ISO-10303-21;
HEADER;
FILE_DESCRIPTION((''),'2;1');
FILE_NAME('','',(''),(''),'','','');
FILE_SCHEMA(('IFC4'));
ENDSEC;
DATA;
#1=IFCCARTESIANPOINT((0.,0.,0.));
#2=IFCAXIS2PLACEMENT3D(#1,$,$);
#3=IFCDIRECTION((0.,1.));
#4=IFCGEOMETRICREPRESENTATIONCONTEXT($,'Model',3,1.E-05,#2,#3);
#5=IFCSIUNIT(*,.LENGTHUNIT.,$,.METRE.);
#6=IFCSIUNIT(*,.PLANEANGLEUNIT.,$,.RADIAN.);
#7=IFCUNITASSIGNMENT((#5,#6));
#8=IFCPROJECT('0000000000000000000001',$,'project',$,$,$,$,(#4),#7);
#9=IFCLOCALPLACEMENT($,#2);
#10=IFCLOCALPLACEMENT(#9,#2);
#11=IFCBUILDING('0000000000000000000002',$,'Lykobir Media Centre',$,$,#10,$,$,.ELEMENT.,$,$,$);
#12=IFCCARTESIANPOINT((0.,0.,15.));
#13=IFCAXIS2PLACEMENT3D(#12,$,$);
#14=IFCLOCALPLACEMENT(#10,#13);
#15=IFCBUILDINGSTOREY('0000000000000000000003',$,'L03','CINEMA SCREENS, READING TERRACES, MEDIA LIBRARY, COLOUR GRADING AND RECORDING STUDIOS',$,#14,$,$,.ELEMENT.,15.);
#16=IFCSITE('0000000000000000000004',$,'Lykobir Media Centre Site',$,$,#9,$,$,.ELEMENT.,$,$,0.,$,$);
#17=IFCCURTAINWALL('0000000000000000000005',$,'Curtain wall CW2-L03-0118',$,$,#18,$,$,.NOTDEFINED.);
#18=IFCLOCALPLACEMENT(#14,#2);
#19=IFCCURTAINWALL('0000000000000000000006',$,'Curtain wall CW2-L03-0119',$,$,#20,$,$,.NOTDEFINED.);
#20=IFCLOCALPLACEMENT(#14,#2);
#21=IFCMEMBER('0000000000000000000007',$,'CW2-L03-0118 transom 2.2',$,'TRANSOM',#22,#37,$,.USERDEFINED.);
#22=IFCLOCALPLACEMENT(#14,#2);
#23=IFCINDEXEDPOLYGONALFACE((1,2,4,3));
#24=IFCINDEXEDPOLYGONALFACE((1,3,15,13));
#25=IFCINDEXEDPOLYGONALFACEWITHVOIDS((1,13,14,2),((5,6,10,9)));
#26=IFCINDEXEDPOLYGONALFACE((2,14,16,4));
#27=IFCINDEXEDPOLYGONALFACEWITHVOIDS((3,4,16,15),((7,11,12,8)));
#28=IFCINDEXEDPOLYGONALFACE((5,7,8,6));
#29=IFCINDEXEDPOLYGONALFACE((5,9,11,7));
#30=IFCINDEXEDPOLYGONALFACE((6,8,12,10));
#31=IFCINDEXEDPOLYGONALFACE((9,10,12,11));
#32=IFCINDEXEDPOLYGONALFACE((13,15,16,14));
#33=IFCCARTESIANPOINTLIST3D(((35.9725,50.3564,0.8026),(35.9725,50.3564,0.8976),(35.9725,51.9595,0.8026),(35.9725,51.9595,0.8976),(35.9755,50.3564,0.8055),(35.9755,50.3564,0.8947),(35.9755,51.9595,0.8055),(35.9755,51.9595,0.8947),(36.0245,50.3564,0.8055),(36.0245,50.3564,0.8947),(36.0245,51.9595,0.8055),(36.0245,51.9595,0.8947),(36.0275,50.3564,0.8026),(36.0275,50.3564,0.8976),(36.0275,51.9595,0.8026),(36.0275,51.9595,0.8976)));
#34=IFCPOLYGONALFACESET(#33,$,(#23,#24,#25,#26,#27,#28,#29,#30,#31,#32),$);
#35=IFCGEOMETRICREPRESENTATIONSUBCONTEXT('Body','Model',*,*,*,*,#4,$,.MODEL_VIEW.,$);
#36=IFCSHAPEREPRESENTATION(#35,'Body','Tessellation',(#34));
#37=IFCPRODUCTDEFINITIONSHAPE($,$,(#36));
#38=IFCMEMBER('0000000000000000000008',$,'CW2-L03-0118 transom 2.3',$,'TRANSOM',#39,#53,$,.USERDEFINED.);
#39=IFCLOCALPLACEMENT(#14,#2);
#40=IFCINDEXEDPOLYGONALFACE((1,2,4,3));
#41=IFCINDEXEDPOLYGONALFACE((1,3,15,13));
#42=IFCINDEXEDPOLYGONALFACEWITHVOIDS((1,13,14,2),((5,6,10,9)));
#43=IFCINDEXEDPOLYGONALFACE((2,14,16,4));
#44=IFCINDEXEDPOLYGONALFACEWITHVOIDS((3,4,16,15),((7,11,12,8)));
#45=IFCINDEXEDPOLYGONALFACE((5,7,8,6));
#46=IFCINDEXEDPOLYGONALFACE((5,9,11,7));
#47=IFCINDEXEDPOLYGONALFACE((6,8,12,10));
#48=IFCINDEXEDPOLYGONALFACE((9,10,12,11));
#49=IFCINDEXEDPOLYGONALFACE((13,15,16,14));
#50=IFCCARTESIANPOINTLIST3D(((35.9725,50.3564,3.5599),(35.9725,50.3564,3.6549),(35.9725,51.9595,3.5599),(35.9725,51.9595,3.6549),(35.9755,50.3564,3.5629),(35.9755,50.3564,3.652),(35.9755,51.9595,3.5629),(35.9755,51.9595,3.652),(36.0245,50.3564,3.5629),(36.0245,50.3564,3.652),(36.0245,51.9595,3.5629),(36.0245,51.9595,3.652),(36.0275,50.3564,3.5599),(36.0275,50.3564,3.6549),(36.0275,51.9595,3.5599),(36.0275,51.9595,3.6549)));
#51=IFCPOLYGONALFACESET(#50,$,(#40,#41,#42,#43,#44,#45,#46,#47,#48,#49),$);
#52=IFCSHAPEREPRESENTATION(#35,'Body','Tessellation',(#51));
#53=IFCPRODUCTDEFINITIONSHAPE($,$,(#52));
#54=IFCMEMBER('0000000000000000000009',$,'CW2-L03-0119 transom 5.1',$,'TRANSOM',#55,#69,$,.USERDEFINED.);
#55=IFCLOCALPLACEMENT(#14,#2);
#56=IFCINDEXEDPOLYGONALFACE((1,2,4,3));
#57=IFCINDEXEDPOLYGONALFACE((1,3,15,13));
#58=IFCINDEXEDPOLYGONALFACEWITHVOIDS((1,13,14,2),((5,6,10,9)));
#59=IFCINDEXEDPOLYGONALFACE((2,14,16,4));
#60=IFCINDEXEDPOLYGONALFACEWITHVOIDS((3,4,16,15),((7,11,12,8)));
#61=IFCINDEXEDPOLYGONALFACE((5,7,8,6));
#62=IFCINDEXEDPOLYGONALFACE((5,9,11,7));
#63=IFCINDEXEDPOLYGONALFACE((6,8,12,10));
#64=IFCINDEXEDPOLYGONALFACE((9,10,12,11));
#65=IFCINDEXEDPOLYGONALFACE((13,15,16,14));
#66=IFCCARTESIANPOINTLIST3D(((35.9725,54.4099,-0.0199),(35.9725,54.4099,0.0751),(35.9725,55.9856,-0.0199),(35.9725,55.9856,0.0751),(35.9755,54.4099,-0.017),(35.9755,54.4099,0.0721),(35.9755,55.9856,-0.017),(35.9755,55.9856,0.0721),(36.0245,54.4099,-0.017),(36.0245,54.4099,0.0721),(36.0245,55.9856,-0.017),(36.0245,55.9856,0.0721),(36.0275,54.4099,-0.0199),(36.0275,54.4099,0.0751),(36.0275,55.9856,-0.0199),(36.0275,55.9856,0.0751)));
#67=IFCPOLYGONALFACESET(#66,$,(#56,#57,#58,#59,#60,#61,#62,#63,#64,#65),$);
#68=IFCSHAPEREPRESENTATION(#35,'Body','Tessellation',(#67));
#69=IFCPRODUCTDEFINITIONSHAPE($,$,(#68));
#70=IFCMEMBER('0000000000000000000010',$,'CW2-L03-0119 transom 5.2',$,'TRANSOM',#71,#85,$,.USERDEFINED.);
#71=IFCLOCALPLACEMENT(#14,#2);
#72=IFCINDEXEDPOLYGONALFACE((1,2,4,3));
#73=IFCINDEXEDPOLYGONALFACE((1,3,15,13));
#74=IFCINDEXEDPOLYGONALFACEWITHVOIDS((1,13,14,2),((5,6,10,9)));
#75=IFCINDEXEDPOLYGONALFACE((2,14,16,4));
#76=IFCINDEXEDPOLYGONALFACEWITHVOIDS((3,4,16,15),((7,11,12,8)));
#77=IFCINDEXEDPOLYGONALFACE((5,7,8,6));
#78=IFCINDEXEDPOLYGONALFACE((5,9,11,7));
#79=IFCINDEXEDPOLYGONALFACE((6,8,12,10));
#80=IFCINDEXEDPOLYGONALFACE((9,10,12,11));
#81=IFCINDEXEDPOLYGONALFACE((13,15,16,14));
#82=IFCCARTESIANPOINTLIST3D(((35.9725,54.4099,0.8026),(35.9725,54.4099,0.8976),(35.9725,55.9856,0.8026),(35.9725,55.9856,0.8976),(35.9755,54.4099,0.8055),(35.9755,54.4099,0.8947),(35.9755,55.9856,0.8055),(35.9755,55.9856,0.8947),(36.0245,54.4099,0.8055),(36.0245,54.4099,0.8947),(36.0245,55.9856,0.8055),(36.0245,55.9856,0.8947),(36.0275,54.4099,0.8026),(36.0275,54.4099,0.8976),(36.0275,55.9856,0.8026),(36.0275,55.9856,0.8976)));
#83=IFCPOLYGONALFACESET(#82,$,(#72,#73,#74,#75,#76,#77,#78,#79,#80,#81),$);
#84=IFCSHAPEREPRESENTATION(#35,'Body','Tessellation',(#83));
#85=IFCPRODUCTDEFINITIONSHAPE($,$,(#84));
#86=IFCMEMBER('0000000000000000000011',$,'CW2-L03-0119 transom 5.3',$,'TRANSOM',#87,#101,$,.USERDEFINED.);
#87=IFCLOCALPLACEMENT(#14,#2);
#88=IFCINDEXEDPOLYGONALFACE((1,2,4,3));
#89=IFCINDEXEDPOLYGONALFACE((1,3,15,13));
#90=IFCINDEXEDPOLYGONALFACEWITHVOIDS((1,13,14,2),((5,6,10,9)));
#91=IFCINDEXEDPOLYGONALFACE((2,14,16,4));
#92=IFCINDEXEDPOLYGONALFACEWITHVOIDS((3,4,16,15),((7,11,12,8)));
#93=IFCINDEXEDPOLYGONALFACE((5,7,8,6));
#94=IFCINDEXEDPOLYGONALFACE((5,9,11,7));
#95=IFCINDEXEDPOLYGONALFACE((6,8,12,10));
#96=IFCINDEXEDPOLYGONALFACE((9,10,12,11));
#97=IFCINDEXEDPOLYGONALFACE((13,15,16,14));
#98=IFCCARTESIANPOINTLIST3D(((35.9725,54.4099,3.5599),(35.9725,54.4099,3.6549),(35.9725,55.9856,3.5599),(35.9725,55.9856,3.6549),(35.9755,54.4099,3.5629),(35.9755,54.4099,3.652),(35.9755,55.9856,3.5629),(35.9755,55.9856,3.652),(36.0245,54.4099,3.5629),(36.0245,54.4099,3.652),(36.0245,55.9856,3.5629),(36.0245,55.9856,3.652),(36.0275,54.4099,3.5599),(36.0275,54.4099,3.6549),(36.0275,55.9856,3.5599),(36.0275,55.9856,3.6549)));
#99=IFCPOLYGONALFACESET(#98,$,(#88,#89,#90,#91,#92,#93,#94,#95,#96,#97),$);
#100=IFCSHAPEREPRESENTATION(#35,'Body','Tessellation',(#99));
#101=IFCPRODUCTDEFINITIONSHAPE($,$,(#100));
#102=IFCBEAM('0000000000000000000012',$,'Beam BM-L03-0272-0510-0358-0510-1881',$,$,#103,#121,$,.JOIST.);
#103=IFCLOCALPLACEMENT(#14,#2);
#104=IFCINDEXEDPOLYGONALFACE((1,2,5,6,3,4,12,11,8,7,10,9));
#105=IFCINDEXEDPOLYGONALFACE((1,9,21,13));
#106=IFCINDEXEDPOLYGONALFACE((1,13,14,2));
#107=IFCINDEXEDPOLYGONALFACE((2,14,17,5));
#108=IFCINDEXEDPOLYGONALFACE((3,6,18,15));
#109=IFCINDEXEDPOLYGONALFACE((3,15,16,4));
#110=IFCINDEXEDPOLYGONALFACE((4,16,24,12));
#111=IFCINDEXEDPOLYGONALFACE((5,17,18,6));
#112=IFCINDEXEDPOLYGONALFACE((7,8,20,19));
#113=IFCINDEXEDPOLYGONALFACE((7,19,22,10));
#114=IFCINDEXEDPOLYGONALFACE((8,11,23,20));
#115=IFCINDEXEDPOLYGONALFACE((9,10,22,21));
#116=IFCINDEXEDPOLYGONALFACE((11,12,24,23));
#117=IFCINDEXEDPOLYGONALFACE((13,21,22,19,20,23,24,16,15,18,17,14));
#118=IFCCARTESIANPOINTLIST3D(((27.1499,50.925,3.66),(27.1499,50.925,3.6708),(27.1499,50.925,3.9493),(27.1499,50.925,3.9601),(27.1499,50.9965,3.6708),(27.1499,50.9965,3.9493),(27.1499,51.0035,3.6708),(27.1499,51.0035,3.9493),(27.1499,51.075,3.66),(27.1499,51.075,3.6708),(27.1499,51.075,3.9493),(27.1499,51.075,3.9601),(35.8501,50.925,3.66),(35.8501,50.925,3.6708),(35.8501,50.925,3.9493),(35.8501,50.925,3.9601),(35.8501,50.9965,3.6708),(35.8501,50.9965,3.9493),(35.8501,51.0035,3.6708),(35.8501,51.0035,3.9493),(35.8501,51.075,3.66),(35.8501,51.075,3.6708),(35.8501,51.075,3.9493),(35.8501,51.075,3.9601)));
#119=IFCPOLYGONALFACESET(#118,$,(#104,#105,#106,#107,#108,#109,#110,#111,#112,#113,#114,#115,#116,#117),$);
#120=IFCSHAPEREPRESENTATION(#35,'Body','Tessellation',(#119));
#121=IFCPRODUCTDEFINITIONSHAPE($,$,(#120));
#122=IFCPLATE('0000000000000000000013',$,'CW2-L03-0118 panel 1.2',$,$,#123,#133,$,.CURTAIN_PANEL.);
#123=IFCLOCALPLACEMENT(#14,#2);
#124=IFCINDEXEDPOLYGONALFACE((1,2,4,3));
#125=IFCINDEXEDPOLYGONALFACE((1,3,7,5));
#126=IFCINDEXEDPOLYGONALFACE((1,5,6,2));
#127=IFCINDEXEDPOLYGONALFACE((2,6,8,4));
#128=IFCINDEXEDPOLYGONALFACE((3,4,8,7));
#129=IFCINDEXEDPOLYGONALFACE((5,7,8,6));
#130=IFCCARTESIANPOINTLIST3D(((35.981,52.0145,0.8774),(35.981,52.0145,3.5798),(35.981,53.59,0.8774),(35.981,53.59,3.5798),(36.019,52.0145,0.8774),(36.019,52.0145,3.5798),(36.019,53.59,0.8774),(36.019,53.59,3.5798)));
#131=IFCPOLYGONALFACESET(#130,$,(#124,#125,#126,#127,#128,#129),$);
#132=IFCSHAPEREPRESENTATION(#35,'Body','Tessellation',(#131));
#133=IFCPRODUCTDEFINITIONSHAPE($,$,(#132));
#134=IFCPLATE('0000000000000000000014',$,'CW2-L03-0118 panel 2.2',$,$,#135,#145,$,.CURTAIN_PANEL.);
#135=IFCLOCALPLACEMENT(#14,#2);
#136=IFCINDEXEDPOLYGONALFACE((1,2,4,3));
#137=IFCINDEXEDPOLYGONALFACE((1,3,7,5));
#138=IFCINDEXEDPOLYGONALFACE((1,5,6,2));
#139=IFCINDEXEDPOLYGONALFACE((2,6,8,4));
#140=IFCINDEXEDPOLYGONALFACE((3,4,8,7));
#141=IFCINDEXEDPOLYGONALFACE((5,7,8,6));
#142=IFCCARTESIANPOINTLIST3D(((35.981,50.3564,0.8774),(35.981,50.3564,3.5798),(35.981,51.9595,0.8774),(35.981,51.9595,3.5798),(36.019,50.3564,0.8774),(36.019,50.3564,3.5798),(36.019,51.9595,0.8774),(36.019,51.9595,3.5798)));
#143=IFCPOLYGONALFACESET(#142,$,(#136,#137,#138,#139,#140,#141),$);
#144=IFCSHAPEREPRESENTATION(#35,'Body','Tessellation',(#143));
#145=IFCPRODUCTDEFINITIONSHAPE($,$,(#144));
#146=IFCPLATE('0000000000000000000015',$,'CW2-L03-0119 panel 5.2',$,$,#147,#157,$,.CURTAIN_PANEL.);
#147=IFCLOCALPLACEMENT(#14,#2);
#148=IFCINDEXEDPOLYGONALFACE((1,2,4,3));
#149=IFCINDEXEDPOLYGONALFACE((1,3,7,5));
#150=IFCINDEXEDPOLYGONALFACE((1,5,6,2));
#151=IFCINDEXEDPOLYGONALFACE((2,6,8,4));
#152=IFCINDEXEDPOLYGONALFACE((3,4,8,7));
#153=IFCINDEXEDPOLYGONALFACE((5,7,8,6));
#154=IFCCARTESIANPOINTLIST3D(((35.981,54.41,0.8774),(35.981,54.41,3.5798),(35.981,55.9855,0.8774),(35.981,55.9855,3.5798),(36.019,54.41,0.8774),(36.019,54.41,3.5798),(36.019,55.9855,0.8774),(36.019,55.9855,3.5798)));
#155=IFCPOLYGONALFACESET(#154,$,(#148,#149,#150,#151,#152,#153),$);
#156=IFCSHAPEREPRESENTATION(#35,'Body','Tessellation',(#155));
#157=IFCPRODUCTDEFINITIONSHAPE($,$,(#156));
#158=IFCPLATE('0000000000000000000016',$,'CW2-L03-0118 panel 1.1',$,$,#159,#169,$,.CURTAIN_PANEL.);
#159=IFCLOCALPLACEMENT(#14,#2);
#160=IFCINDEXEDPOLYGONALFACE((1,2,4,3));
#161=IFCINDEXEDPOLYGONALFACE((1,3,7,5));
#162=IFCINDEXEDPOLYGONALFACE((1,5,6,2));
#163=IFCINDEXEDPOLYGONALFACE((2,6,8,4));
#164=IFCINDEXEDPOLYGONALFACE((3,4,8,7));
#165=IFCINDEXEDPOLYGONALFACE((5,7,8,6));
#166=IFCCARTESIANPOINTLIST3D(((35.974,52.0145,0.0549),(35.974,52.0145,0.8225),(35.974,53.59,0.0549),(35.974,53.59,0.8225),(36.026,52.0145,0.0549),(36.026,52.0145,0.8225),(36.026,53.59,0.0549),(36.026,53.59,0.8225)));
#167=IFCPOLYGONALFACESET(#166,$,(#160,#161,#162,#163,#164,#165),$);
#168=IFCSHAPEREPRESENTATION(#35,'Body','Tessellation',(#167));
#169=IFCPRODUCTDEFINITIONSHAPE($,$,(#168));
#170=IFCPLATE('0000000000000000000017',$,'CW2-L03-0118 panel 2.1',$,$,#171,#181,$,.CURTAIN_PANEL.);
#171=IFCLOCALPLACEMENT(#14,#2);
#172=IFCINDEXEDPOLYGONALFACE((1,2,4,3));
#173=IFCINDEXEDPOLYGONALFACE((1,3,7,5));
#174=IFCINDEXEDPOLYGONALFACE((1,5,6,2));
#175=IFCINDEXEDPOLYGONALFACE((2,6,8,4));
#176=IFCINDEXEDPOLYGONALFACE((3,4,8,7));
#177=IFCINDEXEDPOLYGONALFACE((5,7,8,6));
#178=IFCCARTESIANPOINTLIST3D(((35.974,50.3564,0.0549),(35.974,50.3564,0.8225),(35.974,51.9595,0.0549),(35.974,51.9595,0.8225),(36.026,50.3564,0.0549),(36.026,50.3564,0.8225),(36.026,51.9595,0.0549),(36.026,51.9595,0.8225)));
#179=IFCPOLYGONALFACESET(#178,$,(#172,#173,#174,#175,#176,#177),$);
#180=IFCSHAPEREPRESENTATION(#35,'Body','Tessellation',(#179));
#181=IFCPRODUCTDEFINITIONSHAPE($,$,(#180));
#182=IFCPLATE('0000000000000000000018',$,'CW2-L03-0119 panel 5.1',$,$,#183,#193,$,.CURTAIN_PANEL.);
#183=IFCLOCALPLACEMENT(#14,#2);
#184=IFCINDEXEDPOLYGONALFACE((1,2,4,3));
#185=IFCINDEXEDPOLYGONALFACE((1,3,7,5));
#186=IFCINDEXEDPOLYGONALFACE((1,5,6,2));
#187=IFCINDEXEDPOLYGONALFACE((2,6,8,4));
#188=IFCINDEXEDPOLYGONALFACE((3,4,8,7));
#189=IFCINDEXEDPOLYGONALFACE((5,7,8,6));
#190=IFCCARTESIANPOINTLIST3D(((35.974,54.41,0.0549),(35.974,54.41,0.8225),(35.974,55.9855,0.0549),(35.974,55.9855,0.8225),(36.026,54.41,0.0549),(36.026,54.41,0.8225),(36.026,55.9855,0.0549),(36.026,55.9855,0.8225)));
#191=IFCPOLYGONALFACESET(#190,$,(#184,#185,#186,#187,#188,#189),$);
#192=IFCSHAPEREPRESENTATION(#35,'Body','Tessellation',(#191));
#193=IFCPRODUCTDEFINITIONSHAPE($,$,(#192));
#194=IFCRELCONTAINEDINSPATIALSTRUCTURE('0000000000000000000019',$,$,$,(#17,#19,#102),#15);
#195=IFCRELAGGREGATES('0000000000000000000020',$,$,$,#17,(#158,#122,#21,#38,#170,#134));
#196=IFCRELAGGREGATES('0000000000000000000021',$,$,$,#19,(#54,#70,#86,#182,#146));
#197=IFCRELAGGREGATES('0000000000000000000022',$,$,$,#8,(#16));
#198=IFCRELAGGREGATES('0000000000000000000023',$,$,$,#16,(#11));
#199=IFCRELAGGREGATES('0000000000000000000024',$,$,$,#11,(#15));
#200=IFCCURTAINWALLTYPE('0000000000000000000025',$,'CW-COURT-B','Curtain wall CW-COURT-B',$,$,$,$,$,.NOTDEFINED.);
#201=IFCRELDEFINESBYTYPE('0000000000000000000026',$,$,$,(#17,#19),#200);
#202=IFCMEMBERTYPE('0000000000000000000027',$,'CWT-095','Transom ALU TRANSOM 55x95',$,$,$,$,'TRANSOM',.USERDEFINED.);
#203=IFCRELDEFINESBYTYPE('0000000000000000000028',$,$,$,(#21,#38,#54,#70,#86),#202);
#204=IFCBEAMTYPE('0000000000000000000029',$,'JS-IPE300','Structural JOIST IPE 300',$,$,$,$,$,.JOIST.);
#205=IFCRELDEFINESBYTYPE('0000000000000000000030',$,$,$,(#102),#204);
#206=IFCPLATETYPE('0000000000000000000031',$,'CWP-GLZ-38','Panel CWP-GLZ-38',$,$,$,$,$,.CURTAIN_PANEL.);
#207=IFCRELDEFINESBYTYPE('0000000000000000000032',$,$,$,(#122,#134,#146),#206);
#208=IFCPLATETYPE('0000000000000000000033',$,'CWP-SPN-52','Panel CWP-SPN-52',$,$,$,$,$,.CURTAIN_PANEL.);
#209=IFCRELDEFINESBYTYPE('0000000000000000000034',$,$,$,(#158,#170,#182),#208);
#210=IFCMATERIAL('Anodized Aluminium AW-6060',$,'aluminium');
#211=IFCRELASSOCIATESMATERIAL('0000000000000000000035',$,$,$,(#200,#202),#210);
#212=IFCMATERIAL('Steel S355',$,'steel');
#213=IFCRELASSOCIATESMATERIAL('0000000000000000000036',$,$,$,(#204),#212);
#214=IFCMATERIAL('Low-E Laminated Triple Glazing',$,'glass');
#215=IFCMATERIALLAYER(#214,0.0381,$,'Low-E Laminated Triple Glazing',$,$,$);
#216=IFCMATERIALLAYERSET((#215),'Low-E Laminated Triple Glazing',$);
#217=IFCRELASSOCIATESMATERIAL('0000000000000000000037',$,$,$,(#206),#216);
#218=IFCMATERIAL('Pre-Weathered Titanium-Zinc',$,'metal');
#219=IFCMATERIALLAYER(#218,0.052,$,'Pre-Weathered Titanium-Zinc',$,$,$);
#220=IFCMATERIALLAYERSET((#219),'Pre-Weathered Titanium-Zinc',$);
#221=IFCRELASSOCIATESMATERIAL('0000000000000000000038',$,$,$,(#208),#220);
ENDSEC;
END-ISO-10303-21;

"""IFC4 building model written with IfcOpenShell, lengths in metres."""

from ifc_helpers import new_model, si_unit, direction, frame, origin, origin_2d, place, context, subcontext, project, spatial, rectangle, hollow_rectangle, i_section, extrude, material, layer, layer_set, material_profile, profile_set, type_object, element, aggregate, save


model = new_model("IFC4")

# Units and contexts
model_context = context("Model", 3, precision=1e-05, world=origin(), true_north=direction((0.0, 1.0)))
body_context = subcontext(model_context, "Body", "Model", "MODEL_VIEW")
ifc_project = project(units=[si_unit("LENGTHUNIT", "METRE"), si_unit("PLANEANGLEUNIT", "RADIAN")], contexts=[model_context])

# Site, building, storey
site_placement = place(None, origin())
site = spatial("IfcSite", under=ifc_project, at=site_placement, Name="Lykobir Media Centre Site", CompositionType="ELEMENT", RefElevation=0.0)
building_placement = place(site_placement, origin())
building = spatial("IfcBuilding", under=site, at=building_placement, Name="Lykobir Media Centre", CompositionType="ELEMENT")
storey_placement = place(building_placement, frame((0.0, 0.0, 15.0)))
storey = spatial("IfcBuildingStorey", under=building, at=storey_placement, Name="L03", Description="CINEMA SCREENS, READING TERRACES, MEDIA LIBRARY, COLOUR GRADING AND RECORDING STUDIOS", CompositionType="ELEMENT", Elevation=15.0)

# Shared definitions
ifc_material_1 = material(Name="Steel S355", Category="steel")

# Curtain wall
ifc_material_2 = material(Name="Anodized Aluminium AW-6060", Category="aluminium")
curtain_wall_type = type_object("IfcCurtainWallType", Name="CW-COURT-B", Description="Curtain wall CW-COURT-B", PredefinedType="NOTDEFINED", material=ifc_material_2)
curtain_wall_1_placement = place(storey_placement, origin())
curtain_wall_1 = element("IfcCurtainWall", 1, at=curtain_wall_1_placement, inside=storey, type_object=curtain_wall_type, Name="Curtain wall CW2-L03-0118", PredefinedType="NOTDEFINED")

# Curtain wall
curtain_wall_2_placement = place(storey_placement, origin())
curtain_wall_2 = element("IfcCurtainWall", 2, at=curtain_wall_2_placement, inside=storey, type_object=curtain_wall_type, Name="Curtain wall CW2-L03-0119", PredefinedType="NOTDEFINED")

# Members
ifc_material_profile_1 = material_profile(ifc_material_2, hollow_rectangle(XDim=0.0549, YDim=0.095, WallThickness=0.0029, at=origin_2d()), Name="ALU TRANSOM 55x95")
ifc_profile_set_1 = profile_set([ifc_material_profile_1], Name="Anodized Aluminium AW-6060")
member_type_1 = type_object("IfcMemberType", Name="CWT-095", Description="Transom ALU TRANSOM 55x95", ElementType="TRANSOM", PredefinedType="USERDEFINED", material=ifc_profile_set_1)
member_1_placement = place(storey_placement, frame((36.0, 51.9595, 0.8501), z_axis=(0.0, -1.0, 0.0), x_axis=(1.0, 0.0, 0.0)))
member_1 = element("IfcMember", 3, at=member_1_placement, type_object=member_type_1, Name="CW2-L03-0118 transom 2.2", ObjectType="TRANSOM", PredefinedType="USERDEFINED", context=body_context, shape_type="SweptSolid", body=[
    extrude(hollow_rectangle(XDim=0.0549, YDim=0.095, WallThickness=0.0029, at=origin_2d()), origin(), (0.0, 0.0, 1.0), 1.603),
])
member_2_placement = place(storey_placement, frame((36.0, 51.9595, 3.6074), z_axis=(0.0, -1.0, 0.0), x_axis=(1.0, 0.0, 0.0)))
member_2 = element("IfcMember", 4, at=member_2_placement, type_object=member_type_1, Name="CW2-L03-0118 transom 2.3", ObjectType="TRANSOM", PredefinedType="USERDEFINED", context=body_context, shape_type="SweptSolid", body=[
    extrude(hollow_rectangle(XDim=0.0549, YDim=0.095, WallThickness=0.0029, at=origin_2d()), origin(), (0.0, 0.0, 1.0), 1.603),
])
member_3_placement = place(storey_placement, frame((36.0, 55.9856, 0.0276), z_axis=(0.0, -1.0, 0.0), x_axis=(1.0, 0.0, 0.0)))
member_3 = element("IfcMember", 5, at=member_3_placement, type_object=member_type_1, Name="CW2-L03-0119 transom 5.1", ObjectType="TRANSOM", PredefinedType="USERDEFINED", context=body_context, shape_type="SweptSolid", body=[
    extrude(hollow_rectangle(XDim=0.0549, YDim=0.095, WallThickness=0.0029, at=origin_2d()), origin(), (0.0, 0.0, 1.0), 1.5757),
])
member_4_placement = place(storey_placement, frame((36.0, 55.9856, 0.8501), z_axis=(0.0, -1.0, 0.0), x_axis=(1.0, 0.0, 0.0)))
member_4 = element("IfcMember", 6, at=member_4_placement, type_object=member_type_1, Name="CW2-L03-0119 transom 5.2", ObjectType="TRANSOM", PredefinedType="USERDEFINED", context=body_context, shape_type="SweptSolid", body=[
    extrude(hollow_rectangle(XDim=0.0549, YDim=0.095, WallThickness=0.0029, at=origin_2d()), origin(), (0.0, 0.0, 1.0), 1.5757),
])
member_5_placement = place(storey_placement, frame((36.0, 55.9856, 3.6074), z_axis=(0.0, -1.0, 0.0), x_axis=(1.0, 0.0, 0.0)))
member_5 = element("IfcMember", 7, at=member_5_placement, type_object=member_type_1, Name="CW2-L03-0119 transom 5.3", ObjectType="TRANSOM", PredefinedType="USERDEFINED", context=body_context, shape_type="SweptSolid", body=[
    extrude(hollow_rectangle(XDim=0.0549, YDim=0.095, WallThickness=0.0029, at=origin_2d()), origin(), (0.0, 0.0, 1.0), 1.5757),
])

# Beam
ifc_material_profile_2 = material_profile(ifc_material_1, i_section(OverallWidth=0.1499, OverallDepth=0.3, WebThickness=0.0071, FlangeThickness=0.0107, at=origin_2d()), Name="IPE 300")
ifc_profile_set_2 = profile_set([ifc_material_profile_2], Name="Steel S355")
beam_type_1 = type_object("IfcBeamType", Name="JS-IPE300", Description="Structural JOIST IPE 300", PredefinedType="JOIST", material=ifc_profile_set_2)
beam_1_placement = place(storey_placement, frame((27.1499, 51.0, 3.8101), z_axis=(1.0, 0.0, 0.0), x_axis=(0.0, 1.0, 0.0)))
element("IfcBeam", 8, at=beam_1_placement, inside=storey, type_object=beam_type_1, Name="Beam BM-L03-0272-0510-0358-0510-1881", PredefinedType="JOIST", context=body_context, shape_type="SweptSolid", body=[
    extrude(i_section(OverallWidth=0.1499, OverallDepth=0.3, WebThickness=0.0071, FlangeThickness=0.0107, at=origin_2d()), origin(), (0.0, 0.0, 1.0), 8.7002),
])

# Plates
ifc_material_3 = material(Name="Low-E Laminated Triple Glazing", Category="glass")
ifc_layer_1 = layer(ifc_material_3, 0.0381, Name="Low-E Laminated Triple Glazing")
ifc_layer_set_1 = layer_set([ifc_layer_1], Name="Low-E Laminated Triple Glazing")
plate_type_1 = type_object("IfcPlateType", Name="CWP-GLZ-38", Description="Panel CWP-GLZ-38", PredefinedType="CURTAIN_PANEL", material=ifc_layer_set_1)
plate_1_placement = place(storey_placement, frame((36.0, 52.8022, 0.8774), z_axis=(0.0, 0.0, 1.0), x_axis=(0.0, -1.0, 0.0)))
plate_1 = element("IfcPlate", 9, at=plate_1_placement, type_object=plate_type_1, Name="CW2-L03-0118 panel 1.2", PredefinedType="CURTAIN_PANEL", context=body_context, shape_type="SweptSolid", body=[
    extrude(rectangle(XDim=1.5754, YDim=0.0381, at=origin_2d()), origin(), (0.0, 0.0, 1.0), 2.7024),
])
plate_2_placement = place(storey_placement, frame((36.0, 51.158, 0.8774), z_axis=(0.0, 0.0, 1.0), x_axis=(0.0, -1.0, 0.0)))
plate_2 = element("IfcPlate", 10, at=plate_2_placement, type_object=plate_type_1, Name="CW2-L03-0118 panel 2.2", PredefinedType="CURTAIN_PANEL", context=body_context, shape_type="SweptSolid", body=[
    extrude(rectangle(XDim=1.603, YDim=0.0381, at=origin_2d()), origin(), (0.0, 0.0, 1.0), 2.7024),
])
plate_3_placement = place(storey_placement, frame((36.0, 55.1978, 0.8774), z_axis=(0.0, 0.0, 1.0), x_axis=(0.0, -1.0, 0.0)))
plate_3 = element("IfcPlate", 11, at=plate_3_placement, type_object=plate_type_1, Name="CW2-L03-0119 panel 5.2", PredefinedType="CURTAIN_PANEL", context=body_context, shape_type="SweptSolid", body=[
    extrude(rectangle(XDim=1.5754, YDim=0.0381, at=origin_2d()), origin(), (0.0, 0.0, 1.0), 2.7024),
])
ifc_material_4 = material(Name="Pre-Weathered Titanium-Zinc", Category="metal")
ifc_layer_2 = layer(ifc_material_4, 0.052, Name="Pre-Weathered Titanium-Zinc")
ifc_layer_set_2 = layer_set([ifc_layer_2], Name="Pre-Weathered Titanium-Zinc")
plate_type_2 = type_object("IfcPlateType", Name="CWP-SPN-52", Description="Panel CWP-SPN-52", PredefinedType="CURTAIN_PANEL", material=ifc_layer_set_2)
plate_4_placement = place(storey_placement, frame((36.0, 52.8022, 0.0549), z_axis=(0.0, 0.0, 1.0), x_axis=(0.0, -1.0, 0.0)))
plate_4 = element("IfcPlate", 12, at=plate_4_placement, type_object=plate_type_2, Name="CW2-L03-0118 panel 1.1", PredefinedType="CURTAIN_PANEL", context=body_context, shape_type="SweptSolid", body=[
    extrude(rectangle(XDim=1.5754, YDim=0.052, at=origin_2d()), origin(), (0.0, 0.0, 1.0), 0.7676),
])
plate_5_placement = place(storey_placement, frame((36.0, 51.158, 0.0549), z_axis=(0.0, 0.0, 1.0), x_axis=(0.0, -1.0, 0.0)))
plate_5 = element("IfcPlate", 13, at=plate_5_placement, type_object=plate_type_2, Name="CW2-L03-0118 panel 2.1", PredefinedType="CURTAIN_PANEL", context=body_context, shape_type="SweptSolid", body=[
    extrude(rectangle(XDim=1.603, YDim=0.052, at=origin_2d()), origin(), (0.0, 0.0, 1.0), 0.7676),
])
aggregate(curtain_wall_1, [plate_4, plate_1, member_1, member_2, plate_5, plate_2])
plate_6_placement = place(storey_placement, frame((36.0, 55.1978, 0.0549), z_axis=(0.0, 0.0, 1.0), x_axis=(0.0, -1.0, 0.0)))
plate_6 = element("IfcPlate", 14, at=plate_6_placement, type_object=plate_type_2, Name="CW2-L03-0119 panel 5.1", PredefinedType="CURTAIN_PANEL", context=body_context, shape_type="SweptSolid", body=[
    extrude(rectangle(XDim=1.5754, YDim=0.052, at=origin_2d()), origin(), (0.0, 0.0, 1.0), 0.7676),
])
aggregate(curtain_wall_2, [member_3, member_4, member_5, plate_6, plate_3])

save(model, "model.ifc")
